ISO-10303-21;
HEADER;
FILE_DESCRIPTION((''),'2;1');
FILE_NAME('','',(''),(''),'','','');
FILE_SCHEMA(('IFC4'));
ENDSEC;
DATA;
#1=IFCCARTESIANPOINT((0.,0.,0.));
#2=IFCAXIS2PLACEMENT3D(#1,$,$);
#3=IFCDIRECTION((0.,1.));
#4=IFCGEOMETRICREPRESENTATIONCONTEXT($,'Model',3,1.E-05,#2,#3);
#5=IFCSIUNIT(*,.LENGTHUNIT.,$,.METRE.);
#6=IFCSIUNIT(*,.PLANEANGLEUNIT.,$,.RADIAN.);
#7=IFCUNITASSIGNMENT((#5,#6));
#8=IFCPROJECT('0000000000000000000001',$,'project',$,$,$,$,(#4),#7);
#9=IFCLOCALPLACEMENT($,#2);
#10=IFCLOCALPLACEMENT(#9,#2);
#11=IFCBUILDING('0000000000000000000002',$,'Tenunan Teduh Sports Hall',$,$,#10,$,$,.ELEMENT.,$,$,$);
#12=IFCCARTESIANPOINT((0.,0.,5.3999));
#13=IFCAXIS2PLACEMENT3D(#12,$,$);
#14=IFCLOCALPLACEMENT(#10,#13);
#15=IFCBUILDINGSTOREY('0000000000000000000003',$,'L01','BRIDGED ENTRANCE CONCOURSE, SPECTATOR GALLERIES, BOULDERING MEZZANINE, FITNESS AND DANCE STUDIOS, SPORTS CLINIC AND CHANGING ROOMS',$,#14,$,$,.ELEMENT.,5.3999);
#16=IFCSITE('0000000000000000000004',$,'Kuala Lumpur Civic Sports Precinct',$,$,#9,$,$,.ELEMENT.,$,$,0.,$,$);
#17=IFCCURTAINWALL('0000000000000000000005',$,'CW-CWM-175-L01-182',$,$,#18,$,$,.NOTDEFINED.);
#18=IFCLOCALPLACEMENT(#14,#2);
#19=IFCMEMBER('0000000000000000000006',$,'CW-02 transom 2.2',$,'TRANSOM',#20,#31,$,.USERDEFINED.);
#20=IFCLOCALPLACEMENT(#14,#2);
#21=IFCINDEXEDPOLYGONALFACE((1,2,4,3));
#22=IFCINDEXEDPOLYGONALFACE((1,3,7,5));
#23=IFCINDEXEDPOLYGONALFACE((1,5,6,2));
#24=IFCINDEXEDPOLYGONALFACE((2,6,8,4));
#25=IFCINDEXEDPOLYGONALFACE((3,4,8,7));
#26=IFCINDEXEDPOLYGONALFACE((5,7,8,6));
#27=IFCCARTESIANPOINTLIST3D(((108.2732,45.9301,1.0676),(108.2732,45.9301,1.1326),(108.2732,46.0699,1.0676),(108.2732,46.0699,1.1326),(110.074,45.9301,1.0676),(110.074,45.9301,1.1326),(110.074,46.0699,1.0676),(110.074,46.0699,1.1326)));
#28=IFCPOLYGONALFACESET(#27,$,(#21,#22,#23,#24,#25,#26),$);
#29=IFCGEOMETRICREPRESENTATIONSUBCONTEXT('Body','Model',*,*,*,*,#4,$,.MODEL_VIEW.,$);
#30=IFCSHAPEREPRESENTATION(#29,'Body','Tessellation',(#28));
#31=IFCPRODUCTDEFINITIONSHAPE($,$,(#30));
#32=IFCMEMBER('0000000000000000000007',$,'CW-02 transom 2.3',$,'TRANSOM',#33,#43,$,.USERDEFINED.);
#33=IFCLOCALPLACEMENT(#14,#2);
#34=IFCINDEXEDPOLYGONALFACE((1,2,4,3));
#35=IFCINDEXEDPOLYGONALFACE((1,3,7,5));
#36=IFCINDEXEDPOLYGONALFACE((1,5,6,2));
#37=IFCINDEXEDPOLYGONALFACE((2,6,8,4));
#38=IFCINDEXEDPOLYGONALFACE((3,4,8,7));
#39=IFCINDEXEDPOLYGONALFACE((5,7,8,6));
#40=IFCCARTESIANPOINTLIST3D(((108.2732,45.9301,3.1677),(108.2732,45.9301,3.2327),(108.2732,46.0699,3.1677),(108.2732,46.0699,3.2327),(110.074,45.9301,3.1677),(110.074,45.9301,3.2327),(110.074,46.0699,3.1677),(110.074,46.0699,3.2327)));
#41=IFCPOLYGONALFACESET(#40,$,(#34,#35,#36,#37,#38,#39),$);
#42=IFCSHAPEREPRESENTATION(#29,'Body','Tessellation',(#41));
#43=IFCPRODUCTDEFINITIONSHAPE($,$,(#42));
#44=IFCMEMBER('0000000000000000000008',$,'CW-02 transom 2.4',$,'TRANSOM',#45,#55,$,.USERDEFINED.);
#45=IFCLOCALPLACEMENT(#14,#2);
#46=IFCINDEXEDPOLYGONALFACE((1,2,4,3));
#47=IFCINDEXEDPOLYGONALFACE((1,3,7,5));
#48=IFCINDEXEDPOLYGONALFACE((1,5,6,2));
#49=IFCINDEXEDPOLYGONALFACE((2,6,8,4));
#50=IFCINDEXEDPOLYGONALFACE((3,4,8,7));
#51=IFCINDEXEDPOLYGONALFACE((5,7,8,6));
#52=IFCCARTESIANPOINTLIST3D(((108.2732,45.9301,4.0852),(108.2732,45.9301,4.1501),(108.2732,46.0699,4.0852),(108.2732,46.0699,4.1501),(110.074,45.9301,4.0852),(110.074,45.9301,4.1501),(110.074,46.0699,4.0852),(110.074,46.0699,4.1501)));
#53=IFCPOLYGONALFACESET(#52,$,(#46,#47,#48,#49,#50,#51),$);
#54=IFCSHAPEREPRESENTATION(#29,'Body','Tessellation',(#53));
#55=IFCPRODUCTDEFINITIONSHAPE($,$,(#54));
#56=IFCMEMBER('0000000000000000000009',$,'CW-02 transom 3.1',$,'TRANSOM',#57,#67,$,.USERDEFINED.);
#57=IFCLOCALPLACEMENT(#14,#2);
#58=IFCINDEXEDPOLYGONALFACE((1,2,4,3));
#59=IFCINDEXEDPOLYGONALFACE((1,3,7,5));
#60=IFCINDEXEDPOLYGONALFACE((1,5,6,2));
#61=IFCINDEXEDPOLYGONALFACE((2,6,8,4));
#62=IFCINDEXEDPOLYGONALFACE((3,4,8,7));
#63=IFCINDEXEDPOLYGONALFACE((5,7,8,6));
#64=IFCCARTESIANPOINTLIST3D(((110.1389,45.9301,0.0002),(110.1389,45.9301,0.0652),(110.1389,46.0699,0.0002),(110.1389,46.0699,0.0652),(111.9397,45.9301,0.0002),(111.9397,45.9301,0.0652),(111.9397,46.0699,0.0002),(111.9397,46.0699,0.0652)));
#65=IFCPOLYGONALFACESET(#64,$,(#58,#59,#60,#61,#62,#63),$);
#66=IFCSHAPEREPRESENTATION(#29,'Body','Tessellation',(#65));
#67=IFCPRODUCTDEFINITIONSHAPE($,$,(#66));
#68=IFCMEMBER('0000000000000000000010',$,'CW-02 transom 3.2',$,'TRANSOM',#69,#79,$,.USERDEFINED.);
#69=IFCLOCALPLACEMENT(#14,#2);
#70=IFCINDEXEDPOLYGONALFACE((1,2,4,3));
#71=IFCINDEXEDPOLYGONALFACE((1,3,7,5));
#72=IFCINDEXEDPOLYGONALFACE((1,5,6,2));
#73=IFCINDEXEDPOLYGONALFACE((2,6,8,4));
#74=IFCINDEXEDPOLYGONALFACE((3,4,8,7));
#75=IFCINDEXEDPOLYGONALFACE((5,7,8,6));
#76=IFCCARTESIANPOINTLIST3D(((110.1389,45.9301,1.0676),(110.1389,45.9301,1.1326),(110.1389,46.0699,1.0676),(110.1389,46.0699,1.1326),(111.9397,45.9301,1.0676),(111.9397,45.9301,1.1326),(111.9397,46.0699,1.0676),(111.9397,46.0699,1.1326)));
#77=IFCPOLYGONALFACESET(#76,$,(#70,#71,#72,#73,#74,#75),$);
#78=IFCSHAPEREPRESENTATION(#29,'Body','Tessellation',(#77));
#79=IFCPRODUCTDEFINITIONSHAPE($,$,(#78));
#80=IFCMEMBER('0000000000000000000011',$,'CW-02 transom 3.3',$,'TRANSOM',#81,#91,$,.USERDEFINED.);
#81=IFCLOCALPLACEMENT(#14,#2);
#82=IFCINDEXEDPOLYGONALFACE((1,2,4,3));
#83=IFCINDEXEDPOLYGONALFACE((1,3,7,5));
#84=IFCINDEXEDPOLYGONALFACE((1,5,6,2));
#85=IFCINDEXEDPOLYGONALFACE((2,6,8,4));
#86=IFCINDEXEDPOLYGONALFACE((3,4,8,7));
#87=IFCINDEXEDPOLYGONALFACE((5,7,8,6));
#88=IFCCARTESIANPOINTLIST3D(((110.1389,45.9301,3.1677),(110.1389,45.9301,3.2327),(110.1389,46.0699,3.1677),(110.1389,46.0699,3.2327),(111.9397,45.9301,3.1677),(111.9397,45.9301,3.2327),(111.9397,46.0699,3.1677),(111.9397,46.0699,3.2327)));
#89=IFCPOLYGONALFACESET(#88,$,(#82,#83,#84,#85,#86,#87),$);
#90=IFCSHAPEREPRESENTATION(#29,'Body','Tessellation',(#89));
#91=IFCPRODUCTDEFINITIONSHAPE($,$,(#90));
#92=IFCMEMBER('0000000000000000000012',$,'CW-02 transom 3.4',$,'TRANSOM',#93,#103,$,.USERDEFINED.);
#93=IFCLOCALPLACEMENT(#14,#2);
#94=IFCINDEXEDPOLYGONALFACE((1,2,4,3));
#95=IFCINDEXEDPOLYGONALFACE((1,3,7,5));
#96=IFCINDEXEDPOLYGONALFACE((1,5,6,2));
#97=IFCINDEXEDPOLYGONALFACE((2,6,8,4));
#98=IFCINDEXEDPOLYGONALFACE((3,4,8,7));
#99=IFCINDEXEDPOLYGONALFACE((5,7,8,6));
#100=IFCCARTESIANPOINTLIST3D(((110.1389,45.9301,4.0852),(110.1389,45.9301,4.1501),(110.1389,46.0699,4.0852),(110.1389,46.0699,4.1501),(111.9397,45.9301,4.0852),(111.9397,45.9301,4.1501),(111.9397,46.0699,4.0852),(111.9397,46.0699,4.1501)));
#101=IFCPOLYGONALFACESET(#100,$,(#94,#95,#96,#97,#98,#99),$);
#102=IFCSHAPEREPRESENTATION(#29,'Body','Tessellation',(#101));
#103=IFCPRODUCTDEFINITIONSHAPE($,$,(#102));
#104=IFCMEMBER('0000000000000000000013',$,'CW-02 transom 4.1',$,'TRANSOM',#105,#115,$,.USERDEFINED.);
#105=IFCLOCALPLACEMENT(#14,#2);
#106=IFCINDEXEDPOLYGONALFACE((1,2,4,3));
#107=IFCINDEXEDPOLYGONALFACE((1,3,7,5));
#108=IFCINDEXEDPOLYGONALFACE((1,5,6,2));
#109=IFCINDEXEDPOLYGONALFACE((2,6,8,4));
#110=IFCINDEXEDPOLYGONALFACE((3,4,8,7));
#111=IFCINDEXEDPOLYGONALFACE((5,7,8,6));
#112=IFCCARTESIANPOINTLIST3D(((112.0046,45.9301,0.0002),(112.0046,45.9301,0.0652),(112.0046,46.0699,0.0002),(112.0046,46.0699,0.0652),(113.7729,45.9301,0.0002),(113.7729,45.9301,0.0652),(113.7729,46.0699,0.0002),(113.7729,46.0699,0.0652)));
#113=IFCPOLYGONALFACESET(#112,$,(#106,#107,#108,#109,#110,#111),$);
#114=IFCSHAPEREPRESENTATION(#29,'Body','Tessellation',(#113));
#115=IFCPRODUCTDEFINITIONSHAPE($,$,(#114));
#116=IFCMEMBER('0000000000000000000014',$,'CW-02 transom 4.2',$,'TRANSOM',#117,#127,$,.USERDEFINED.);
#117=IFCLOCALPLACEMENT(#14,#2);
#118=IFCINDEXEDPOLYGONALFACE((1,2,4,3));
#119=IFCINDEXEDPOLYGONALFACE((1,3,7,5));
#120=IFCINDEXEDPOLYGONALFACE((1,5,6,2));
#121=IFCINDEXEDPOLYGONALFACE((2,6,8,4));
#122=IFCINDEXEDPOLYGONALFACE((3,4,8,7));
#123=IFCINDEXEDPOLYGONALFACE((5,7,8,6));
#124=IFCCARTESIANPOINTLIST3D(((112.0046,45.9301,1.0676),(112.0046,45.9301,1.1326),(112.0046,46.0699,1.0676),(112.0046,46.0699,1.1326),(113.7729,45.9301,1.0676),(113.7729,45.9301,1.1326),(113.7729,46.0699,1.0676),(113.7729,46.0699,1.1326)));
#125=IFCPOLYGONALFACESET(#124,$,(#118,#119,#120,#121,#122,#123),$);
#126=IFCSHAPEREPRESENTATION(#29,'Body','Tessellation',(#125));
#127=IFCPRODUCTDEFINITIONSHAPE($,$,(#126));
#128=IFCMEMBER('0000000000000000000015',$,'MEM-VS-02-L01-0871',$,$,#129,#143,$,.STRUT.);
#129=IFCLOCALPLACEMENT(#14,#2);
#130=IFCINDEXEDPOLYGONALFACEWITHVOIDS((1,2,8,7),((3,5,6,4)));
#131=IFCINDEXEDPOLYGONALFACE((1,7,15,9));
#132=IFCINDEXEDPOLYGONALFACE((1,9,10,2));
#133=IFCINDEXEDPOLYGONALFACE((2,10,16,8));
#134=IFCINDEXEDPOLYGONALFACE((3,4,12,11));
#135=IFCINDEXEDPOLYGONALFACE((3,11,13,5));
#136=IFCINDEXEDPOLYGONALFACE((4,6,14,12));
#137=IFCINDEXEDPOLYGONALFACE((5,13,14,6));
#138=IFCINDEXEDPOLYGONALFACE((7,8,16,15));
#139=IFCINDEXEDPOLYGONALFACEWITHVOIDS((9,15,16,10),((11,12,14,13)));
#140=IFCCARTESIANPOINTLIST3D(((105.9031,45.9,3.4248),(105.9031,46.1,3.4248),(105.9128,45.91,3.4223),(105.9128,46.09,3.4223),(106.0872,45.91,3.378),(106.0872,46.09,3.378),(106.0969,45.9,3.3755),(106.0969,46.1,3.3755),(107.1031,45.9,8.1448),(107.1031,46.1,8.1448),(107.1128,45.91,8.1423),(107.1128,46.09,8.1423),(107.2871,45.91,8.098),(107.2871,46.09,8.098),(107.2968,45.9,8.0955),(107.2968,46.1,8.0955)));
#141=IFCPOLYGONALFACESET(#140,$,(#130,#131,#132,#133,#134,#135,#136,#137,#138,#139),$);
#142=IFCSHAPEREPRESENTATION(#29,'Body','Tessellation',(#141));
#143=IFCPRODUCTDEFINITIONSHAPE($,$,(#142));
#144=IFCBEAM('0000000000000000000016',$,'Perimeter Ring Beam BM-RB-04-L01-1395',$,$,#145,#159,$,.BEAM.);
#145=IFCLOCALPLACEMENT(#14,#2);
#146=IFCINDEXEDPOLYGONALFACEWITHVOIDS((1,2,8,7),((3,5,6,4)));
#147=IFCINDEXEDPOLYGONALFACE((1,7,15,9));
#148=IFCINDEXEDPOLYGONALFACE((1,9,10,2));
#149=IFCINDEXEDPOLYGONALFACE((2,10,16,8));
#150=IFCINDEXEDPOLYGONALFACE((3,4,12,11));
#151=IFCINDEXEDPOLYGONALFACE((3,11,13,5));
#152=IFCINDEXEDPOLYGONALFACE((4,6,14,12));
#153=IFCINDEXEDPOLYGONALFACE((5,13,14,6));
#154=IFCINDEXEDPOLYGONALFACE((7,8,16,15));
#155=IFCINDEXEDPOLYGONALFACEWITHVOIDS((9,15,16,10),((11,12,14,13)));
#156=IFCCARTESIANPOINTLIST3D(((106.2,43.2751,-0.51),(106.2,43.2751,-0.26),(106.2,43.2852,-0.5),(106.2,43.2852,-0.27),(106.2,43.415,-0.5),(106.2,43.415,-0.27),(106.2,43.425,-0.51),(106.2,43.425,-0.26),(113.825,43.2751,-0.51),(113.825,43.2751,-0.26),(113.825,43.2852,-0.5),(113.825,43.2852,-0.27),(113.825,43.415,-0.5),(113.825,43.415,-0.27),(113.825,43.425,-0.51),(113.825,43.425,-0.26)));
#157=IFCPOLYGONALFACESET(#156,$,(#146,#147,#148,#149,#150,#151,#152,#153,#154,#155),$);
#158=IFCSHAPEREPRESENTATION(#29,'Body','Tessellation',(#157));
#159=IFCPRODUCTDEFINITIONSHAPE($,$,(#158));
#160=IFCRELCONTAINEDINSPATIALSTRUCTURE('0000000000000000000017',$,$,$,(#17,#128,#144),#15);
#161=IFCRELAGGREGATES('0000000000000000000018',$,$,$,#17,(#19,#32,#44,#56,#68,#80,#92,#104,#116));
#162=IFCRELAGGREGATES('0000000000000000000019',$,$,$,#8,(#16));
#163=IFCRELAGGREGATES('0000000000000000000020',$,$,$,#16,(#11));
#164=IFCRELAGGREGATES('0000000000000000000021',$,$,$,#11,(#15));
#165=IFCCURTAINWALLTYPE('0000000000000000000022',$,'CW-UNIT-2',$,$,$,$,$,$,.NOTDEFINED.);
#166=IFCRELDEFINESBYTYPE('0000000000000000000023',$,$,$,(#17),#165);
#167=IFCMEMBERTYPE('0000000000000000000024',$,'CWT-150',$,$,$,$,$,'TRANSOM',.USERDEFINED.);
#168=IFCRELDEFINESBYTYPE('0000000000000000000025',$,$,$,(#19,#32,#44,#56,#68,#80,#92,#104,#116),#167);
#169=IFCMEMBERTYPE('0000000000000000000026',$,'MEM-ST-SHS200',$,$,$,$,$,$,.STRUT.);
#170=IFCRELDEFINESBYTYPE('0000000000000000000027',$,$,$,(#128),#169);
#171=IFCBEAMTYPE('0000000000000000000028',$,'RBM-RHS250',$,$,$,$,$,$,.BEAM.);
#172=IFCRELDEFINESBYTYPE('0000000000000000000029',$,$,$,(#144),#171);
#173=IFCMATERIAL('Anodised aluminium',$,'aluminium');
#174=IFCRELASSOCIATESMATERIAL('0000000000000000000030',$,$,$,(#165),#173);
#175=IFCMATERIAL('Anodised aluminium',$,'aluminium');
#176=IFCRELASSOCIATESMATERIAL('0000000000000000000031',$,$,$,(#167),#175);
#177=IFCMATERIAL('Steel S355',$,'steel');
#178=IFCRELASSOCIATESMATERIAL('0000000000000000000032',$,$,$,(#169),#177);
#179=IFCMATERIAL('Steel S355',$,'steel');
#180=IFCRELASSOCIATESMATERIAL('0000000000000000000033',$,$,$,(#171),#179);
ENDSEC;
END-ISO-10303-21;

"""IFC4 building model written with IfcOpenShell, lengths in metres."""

from ifc_helpers import new_model, si_unit, direction, frame, origin, origin_2d, place, context, subcontext, project, spatial, rectangle, hollow_rectangle, extrude, material, material_profile, profile_set, type_object, element, aggregate, save


model = new_model("IFC4")

# Units and contexts
model_context = context("Model", 3, precision=1e-05, world=origin(), true_north=direction((0.0, 1.0)))
body_context = subcontext(model_context, "Body", "Model", "MODEL_VIEW")
ifc_project = project(units=[si_unit("LENGTHUNIT", "METRE"), si_unit("PLANEANGLEUNIT", "RADIAN")], contexts=[model_context])

# Site, building, storey
site_placement = place(None, origin())
site = spatial("IfcSite", under=ifc_project, at=site_placement, Name="Kuala Lumpur Civic Sports Precinct", CompositionType="ELEMENT", RefElevation=0.0)
building_placement = place(site_placement, origin())
building = spatial("IfcBuilding", under=site, at=building_placement, Name="Tenunan Teduh Sports Hall", CompositionType="ELEMENT")
storey_placement = place(building_placement, frame((0.0, 0.0, 5.3999)))
storey = spatial("IfcBuildingStorey", under=building, at=storey_placement, Name="L01", Description="BRIDGED ENTRANCE CONCOURSE, SPECTATOR GALLERIES, BOULDERING MEZZANINE, FITNESS AND DANCE STUDIOS, SPORTS CLINIC AND CHANGING ROOMS", CompositionType="ELEMENT", Elevation=5.3999)

# Curtain wall, members
ifc_material_1 = material(Name="Anodised aluminium", Category="aluminium")
curtain_wall_type = type_object("IfcCurtainWallType", Name="CW-UNIT-2", PredefinedType="NOTDEFINED", material=ifc_material_1)
curtain_wall_placement = place(storey_placement, origin())
curtain_wall = element("IfcCurtainWall", 1, at=curtain_wall_placement, inside=storey, type_object=curtain_wall_type, Name="CW-CWM-175-L01-182", PredefinedType="NOTDEFINED")
ifc_material_2 = material(Name="Anodised aluminium", Category="aluminium")
ifc_material_profile_1 = material_profile(ifc_material_2, rectangle(XDim=0.0649, YDim=0.1399, at=origin_2d()), Name="CWT 65x140")
ifc_profile_set_1 = profile_set([ifc_material_profile_1], Name="Anodised aluminium")
member_type_1 = type_object("IfcMemberType", Name="CWT-150", ElementType="TRANSOM", PredefinedType="USERDEFINED", material=ifc_profile_set_1)
member_1_placement = place(storey_placement, frame((108.2732, 46.0, 1.1001), z_axis=(1.0, 0.0, 0.0), x_axis=(0.0, 0.0, 1.0)))
member_1 = element("IfcMember", 2, at=member_1_placement, type_object=member_type_1, Name="CW-02 transom 2.2", ObjectType="TRANSOM", PredefinedType="USERDEFINED", context=body_context, shape_type="SweptSolid", body=[
    extrude(rectangle(XDim=0.0649, YDim=0.1399, at=origin_2d()), origin(), (0.0, 0.0, 1.0), 1.8008),
])
member_2_placement = place(storey_placement, frame((108.2732, 46.0, 3.2002), z_axis=(1.0, 0.0, 0.0), x_axis=(0.0, 0.0, 1.0)))
member_2 = element("IfcMember", 3, at=member_2_placement, type_object=member_type_1, Name="CW-02 transom 2.3", ObjectType="TRANSOM", PredefinedType="USERDEFINED", context=body_context, shape_type="SweptSolid", body=[
    extrude(rectangle(XDim=0.0649, YDim=0.1399, at=origin_2d()), origin(), (0.0, 0.0, 1.0), 1.8008),
])
member_3_placement = place(storey_placement, frame((108.2732, 46.0, 4.1177), z_axis=(1.0, 0.0, 0.0), x_axis=(0.0, 0.0, 1.0)))
member_3 = element("IfcMember", 4, at=member_3_placement, type_object=member_type_1, Name="CW-02 transom 2.4", ObjectType="TRANSOM", PredefinedType="USERDEFINED", context=body_context, shape_type="SweptSolid", body=[
    extrude(rectangle(XDim=0.0649, YDim=0.1399, at=origin_2d()), origin(), (0.0, 0.0, 1.0), 1.8008),
])
member_4_placement = place(storey_placement, frame((110.1389, 46.0, 0.0327), z_axis=(1.0, 0.0, 0.0), x_axis=(0.0, 0.0, 1.0)))
member_4 = element("IfcMember", 5, at=member_4_placement, type_object=member_type_1, Name="CW-02 transom 3.1", ObjectType="TRANSOM", PredefinedType="USERDEFINED", context=body_context, shape_type="SweptSolid", body=[
    extrude(rectangle(XDim=0.0649, YDim=0.1399, at=origin_2d()), origin(), (0.0, 0.0, 1.0), 1.8008),
])
member_5_placement = place(storey_placement, frame((110.1389, 46.0, 1.1001), z_axis=(1.0, 0.0, 0.0), x_axis=(0.0, 0.0, 1.0)))
member_5 = element("IfcMember", 6, at=member_5_placement, type_object=member_type_1, Name="CW-02 transom 3.2", ObjectType="TRANSOM", PredefinedType="USERDEFINED", context=body_context, shape_type="SweptSolid", body=[
    extrude(rectangle(XDim=0.0649, YDim=0.1399, at=origin_2d()), origin(), (0.0, 0.0, 1.0), 1.8008),
])
member_6_placement = place(storey_placement, frame((110.1389, 46.0, 3.2002), z_axis=(1.0, 0.0, 0.0), x_axis=(0.0, 0.0, 1.0)))
member_6 = element("IfcMember", 7, at=member_6_placement, type_object=member_type_1, Name="CW-02 transom 3.3", ObjectType="TRANSOM", PredefinedType="USERDEFINED", context=body_context, shape_type="SweptSolid", body=[
    extrude(rectangle(XDim=0.0649, YDim=0.1399, at=origin_2d()), origin(), (0.0, 0.0, 1.0), 1.8008),
])
member_7_placement = place(storey_placement, frame((110.1389, 46.0, 4.1177), z_axis=(1.0, 0.0, 0.0), x_axis=(0.0, 0.0, 1.0)))
member_7 = element("IfcMember", 8, at=member_7_placement, type_object=member_type_1, Name="CW-02 transom 3.4", ObjectType="TRANSOM", PredefinedType="USERDEFINED", context=body_context, shape_type="SweptSolid", body=[
    extrude(rectangle(XDim=0.0649, YDim=0.1399, at=origin_2d()), origin(), (0.0, 0.0, 1.0), 1.8008),
])
member_8_placement = place(storey_placement, frame((112.0046, 46.0, 0.0327), z_axis=(1.0, 0.0, 0.0), x_axis=(0.0, 0.0, 1.0)))
member_8 = element("IfcMember", 9, at=member_8_placement, type_object=member_type_1, Name="CW-02 transom 4.1", ObjectType="TRANSOM", PredefinedType="USERDEFINED", context=body_context, shape_type="SweptSolid", body=[
    extrude(rectangle(XDim=0.0649, YDim=0.1399, at=origin_2d()), origin(), (0.0, 0.0, 1.0), 1.7683),
])
member_9_placement = place(storey_placement, frame((112.0046, 46.0, 1.1001), z_axis=(1.0, 0.0, 0.0), x_axis=(0.0, 0.0, 1.0)))
member_9 = element("IfcMember", 10, at=member_9_placement, type_object=member_type_1, Name="CW-02 transom 4.2", ObjectType="TRANSOM", PredefinedType="USERDEFINED", context=body_context, shape_type="SweptSolid", body=[
    extrude(rectangle(XDim=0.0649, YDim=0.1399, at=origin_2d()), origin(), (0.0, 0.0, 1.0), 1.7683),
])

# Member
ifc_material_3 = material(Name="Steel S355", Category="steel")
ifc_material_profile_2 = material_profile(ifc_material_3, hollow_rectangle(XDim=0.2, YDim=0.2, WallThickness=0.01, at=origin_2d()), Name="SHS 200x200x10.0")
ifc_profile_set_2 = profile_set([ifc_material_profile_2], Name="Steel S355")
member_type_2 = type_object("IfcMemberType", Name="MEM-ST-SHS200", PredefinedType="STRUT", material=ifc_profile_set_2)
member_10_placement = place(storey_placement, frame((106.0, 46.0, 3.4001), z_axis=(0.246391, 0.0, 0.969171), x_axis=(0.0, 1.0, 0.0)))
element("IfcMember", 11, at=member_10_placement, inside=storey, type_object=member_type_2, Name="MEM-VS-02-L01-0871", PredefinedType="STRUT", context=body_context, shape_type="SweptSolid", body=[
    extrude(hollow_rectangle(XDim=0.2, YDim=0.2, WallThickness=0.01, at=origin_2d()), origin(), (0.0, 0.0, 1.0), 4.8701),
])

# Beam
ifc_material_4 = material(Name="Steel S355", Category="steel")
ifc_material_profile_3 = material_profile(ifc_material_4, hollow_rectangle(XDim=0.1499, YDim=0.25, WallThickness=0.01, at=origin_2d()), Name="RHS 250x150x10.0")
ifc_profile_set_3 = profile_set([ifc_material_profile_3], Name="Steel S355")
beam_type_1 = type_object("IfcBeamType", Name="RBM-RHS250", PredefinedType="BEAM", material=ifc_profile_set_3)
beam_1_placement = place(storey_placement, frame((106.2, 43.3501, -0.385), z_axis=(1.0, 0.0, 0.0), x_axis=(0.0, 1.0, 0.0)))
element("IfcBeam", 12, at=beam_1_placement, inside=storey, type_object=beam_type_1, Name="Perimeter Ring Beam BM-RB-04-L01-1395", PredefinedType="BEAM", context=body_context, shape_type="SweptSolid", body=[
    extrude(hollow_rectangle(XDim=0.1499, YDim=0.25, WallThickness=0.01, at=origin_2d()), origin(), (0.0, 0.0, 1.0), 7.625),
])

aggregate(curtain_wall, [member_1, member_2, member_3, member_4, member_5, member_6, member_7, member_8, member_9])

save(model, "model.ifc")
